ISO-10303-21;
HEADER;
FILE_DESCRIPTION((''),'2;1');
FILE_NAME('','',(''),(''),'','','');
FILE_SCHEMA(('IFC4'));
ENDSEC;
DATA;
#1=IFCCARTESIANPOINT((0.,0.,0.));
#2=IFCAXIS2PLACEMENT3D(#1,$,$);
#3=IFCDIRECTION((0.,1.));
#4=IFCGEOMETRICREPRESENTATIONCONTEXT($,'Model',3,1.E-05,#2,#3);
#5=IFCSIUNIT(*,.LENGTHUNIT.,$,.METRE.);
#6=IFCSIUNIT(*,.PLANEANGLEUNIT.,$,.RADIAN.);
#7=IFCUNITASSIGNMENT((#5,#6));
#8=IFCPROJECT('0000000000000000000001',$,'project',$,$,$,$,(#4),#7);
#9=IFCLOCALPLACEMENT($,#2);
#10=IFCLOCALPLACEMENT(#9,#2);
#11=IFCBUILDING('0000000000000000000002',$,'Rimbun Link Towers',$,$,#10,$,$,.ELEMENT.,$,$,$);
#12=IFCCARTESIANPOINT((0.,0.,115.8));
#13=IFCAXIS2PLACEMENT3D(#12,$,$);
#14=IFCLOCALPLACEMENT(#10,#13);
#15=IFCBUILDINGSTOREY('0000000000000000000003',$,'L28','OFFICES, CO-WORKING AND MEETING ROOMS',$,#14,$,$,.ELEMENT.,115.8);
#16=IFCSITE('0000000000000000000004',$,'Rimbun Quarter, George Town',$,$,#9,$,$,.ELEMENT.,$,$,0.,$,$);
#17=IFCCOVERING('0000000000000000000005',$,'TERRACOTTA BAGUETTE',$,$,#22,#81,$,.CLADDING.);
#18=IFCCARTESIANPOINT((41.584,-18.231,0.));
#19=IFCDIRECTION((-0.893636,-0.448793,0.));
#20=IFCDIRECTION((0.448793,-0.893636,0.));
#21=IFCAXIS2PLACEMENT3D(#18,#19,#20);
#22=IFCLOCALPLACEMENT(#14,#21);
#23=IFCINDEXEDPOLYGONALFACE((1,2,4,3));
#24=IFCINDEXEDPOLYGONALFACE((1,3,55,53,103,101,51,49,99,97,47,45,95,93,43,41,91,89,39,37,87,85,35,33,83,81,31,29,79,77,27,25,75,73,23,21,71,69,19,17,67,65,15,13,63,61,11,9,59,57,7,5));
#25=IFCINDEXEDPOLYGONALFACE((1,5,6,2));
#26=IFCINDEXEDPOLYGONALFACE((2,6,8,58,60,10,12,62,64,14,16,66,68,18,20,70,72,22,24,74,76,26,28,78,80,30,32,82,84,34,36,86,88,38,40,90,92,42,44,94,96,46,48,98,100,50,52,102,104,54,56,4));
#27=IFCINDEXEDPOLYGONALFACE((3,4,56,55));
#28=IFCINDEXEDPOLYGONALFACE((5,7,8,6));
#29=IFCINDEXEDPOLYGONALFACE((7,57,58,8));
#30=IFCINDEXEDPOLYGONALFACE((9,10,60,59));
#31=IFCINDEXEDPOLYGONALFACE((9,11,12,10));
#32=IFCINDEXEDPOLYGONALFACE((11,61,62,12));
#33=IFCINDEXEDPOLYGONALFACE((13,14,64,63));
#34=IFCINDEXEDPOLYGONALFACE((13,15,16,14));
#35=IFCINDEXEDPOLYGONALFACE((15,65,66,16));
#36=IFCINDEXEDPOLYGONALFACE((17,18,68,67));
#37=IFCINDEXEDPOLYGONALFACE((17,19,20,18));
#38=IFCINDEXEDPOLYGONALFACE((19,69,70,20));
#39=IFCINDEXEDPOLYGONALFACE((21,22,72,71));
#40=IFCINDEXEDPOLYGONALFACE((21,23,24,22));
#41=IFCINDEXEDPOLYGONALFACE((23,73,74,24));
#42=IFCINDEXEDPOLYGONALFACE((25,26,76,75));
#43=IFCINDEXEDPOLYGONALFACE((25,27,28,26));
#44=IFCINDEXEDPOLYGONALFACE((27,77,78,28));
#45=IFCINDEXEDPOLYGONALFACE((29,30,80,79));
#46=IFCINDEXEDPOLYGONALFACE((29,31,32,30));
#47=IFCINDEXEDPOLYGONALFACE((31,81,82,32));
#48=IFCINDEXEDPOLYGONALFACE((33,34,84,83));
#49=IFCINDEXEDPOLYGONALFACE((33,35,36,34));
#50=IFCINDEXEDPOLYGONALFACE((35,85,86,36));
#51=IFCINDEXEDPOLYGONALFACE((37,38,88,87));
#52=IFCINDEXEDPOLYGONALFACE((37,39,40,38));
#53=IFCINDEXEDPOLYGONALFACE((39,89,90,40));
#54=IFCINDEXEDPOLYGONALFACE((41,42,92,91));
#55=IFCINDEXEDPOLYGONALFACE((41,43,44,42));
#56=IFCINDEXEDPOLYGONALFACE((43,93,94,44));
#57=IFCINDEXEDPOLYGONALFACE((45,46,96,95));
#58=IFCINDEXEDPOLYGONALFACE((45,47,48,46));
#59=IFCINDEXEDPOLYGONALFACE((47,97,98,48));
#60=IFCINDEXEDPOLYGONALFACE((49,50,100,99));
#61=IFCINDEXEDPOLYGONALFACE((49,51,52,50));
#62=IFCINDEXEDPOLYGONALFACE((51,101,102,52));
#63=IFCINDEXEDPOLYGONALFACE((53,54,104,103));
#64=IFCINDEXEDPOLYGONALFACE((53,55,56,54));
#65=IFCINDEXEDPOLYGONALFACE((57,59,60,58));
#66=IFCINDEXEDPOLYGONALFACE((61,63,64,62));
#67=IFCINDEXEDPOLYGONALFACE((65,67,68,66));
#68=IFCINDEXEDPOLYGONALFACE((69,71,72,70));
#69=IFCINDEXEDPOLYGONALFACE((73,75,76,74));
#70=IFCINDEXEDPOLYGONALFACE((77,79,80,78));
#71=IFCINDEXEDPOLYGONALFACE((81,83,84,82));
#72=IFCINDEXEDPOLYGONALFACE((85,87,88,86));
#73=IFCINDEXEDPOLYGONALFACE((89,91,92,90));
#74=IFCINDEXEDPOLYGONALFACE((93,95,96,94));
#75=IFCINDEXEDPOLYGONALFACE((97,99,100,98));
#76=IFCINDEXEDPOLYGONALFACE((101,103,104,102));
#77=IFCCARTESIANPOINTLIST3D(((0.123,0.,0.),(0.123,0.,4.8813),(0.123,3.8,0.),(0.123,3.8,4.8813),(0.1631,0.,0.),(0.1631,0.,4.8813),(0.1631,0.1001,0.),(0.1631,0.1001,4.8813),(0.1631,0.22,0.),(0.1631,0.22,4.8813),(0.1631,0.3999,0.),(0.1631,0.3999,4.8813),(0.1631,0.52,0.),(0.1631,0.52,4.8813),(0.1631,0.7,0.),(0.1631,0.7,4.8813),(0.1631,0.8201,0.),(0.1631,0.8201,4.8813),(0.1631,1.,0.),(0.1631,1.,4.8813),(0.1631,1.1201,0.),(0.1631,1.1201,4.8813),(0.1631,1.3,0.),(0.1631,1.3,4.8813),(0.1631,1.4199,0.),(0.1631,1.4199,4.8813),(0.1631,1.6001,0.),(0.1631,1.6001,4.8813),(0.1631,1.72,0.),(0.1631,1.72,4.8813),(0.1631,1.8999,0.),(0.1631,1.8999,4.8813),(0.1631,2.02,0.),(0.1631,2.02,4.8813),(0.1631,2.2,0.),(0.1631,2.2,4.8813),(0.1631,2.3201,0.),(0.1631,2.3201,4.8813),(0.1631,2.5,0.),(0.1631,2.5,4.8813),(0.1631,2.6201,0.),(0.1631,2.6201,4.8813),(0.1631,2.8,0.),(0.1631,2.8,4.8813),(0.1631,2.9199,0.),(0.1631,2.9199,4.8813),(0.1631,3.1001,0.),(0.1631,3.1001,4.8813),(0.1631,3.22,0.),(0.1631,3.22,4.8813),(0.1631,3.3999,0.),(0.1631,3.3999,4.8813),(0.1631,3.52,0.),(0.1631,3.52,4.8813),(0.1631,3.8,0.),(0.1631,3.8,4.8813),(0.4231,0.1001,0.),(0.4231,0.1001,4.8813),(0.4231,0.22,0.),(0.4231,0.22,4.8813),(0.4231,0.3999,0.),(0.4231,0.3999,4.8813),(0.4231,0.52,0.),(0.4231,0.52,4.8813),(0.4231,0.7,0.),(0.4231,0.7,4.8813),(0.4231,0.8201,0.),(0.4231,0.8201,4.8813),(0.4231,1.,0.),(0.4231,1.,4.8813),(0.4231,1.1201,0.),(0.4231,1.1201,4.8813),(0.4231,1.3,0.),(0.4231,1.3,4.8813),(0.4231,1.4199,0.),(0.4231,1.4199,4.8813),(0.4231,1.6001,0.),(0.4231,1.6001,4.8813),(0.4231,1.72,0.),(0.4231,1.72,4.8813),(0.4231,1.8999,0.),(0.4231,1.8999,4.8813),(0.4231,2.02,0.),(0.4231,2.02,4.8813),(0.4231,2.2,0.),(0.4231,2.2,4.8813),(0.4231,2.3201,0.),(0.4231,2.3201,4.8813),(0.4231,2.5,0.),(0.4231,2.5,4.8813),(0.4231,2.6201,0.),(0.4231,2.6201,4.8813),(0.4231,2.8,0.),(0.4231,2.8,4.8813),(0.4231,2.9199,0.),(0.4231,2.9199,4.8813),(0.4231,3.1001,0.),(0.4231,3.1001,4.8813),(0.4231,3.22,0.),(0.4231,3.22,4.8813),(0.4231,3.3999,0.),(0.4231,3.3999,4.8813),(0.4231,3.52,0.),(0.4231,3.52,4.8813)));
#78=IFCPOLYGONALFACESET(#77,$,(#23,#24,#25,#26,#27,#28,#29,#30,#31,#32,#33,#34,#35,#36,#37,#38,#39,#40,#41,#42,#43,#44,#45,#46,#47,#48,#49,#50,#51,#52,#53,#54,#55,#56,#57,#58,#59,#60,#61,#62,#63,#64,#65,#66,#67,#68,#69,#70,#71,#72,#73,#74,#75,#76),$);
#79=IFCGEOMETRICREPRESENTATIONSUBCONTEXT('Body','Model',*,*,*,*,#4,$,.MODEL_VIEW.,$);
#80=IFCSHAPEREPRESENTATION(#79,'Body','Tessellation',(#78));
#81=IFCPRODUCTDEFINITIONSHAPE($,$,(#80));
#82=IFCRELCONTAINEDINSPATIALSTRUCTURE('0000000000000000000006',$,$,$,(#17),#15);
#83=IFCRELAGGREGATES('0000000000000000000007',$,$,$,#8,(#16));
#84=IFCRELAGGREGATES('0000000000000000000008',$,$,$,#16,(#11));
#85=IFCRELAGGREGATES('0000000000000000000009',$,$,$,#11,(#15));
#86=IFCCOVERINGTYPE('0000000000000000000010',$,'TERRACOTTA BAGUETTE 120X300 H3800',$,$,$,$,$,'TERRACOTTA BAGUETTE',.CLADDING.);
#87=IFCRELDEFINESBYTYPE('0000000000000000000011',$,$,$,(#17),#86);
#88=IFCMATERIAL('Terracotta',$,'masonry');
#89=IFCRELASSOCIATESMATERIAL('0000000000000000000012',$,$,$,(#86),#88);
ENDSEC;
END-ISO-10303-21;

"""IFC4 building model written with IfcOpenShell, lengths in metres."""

from ifc_helpers import new_model, si_unit, direction, frame, origin, place, context, subcontext, project, spatial, polyline, outline, extrude, material, material_profile, profile_set, type_object, element, save


model = new_model("IFC4")

# Units and contexts
model_context = context("Model", 3, precision=1e-05, world=origin(), true_north=direction((0.0, 1.0)))
body_context = subcontext(model_context, "Body", "Model", "MODEL_VIEW")
ifc_project = project(units=[si_unit("LENGTHUNIT", "METRE"), si_unit("PLANEANGLEUNIT", "RADIAN")], contexts=[model_context])

# Site, building, storey
site_placement = place(None, origin())
site = spatial("IfcSite", under=ifc_project, at=site_placement, Name="Rimbun Quarter, George Town", CompositionType="ELEMENT", RefElevation=0.0)
building_placement = place(site_placement, origin())
building = spatial("IfcBuilding", under=site, at=building_placement, Name="Rimbun Link Towers", CompositionType="ELEMENT")
storey_placement = place(building_placement, frame((0.0, 0.0, 115.8)))
storey = spatial("IfcBuildingStorey", under=building, at=storey_placement, Name="L28", Description="OFFICES, CO-WORKING AND MEETING ROOMS", CompositionType="ELEMENT", Elevation=115.8)

# Covering
ifc_material_1 = material(Name="Terracotta", Category="masonry")
ifc_material_profile_1 = material_profile(ifc_material_1, outline(polyline([(0.123, 0.0), (0.1631, 0.0), (0.1631, 0.1001), (0.4231, 0.1001), (0.4231, 0.22), (0.1631, 0.22), (0.1631, 0.3999), (0.4231, 0.3999), (0.4231, 0.52), (0.1631, 0.52), (0.1631, 0.7), (0.4231, 0.7), (0.4231, 0.8201), (0.1631, 0.8201), (0.1631, 1.0), (0.4231, 1.0), (0.4231, 1.1201), (0.1631, 1.1201), (0.1631, 1.3), (0.4231, 1.3), (0.4231, 1.4199), (0.1631, 1.4199), (0.1631, 1.6001), (0.4231, 1.6001), (0.4231, 1.72), (0.1631, 1.72), (0.1631, 1.8999), (0.4231, 1.8999), (0.4231, 2.02), (0.1631, 2.02), (0.1631, 2.2), (0.4231, 2.2), (0.4231, 2.3201), (0.1631, 2.3201), (0.1631, 2.5), (0.4231, 2.5), (0.4231, 2.6201), (0.1631, 2.6201), (0.1631, 2.8), (0.4231, 2.8), (0.4231, 2.9199), (0.1631, 2.9199), (0.1631, 3.1001), (0.4231, 3.1001), (0.4231, 3.22), (0.1631, 3.22), (0.1631, 3.3999), (0.4231, 3.3999), (0.4231, 3.52), (0.1631, 3.52), (0.1631, 3.8), (0.123, 3.8), (0.123, 0.0)])), Name="BAGUETTE 120X300")
ifc_profile_set_1 = profile_set([ifc_material_profile_1], Name="Terracotta")
covering_type = type_object("IfcCoveringType", Name="TERRACOTTA BAGUETTE 120X300 H3800", ElementType="TERRACOTTA BAGUETTE", PredefinedType="CLADDING", material=ifc_profile_set_1)
covering_placement = place(storey_placement, frame((41.584, -18.231, 0.0), z_axis=(-0.893636, -0.448793, 0.0), x_axis=(0.448793, -0.893636, 0.0)))
element("IfcCovering", 1, at=covering_placement, inside=storey, type_object=covering_type, Name="TERRACOTTA BAGUETTE", PredefinedType="CLADDING", context=body_context, shape_type="SweptSolid", body=[
    extrude(outline(polyline([(0.123, 0.0), (0.1631, 0.0), (0.1631, 0.1001), (0.4231, 0.1001), (0.4231, 0.22), (0.1631, 0.22), (0.1631, 0.3999), (0.4231, 0.3999), (0.4231, 0.52), (0.1631, 0.52), (0.1631, 0.7), (0.4231, 0.7), (0.4231, 0.8201), (0.1631, 0.8201), (0.1631, 1.0), (0.4231, 1.0), (0.4231, 1.1201), (0.1631, 1.1201), (0.1631, 1.3), (0.4231, 1.3), (0.4231, 1.4199), (0.1631, 1.4199), (0.1631, 1.6001), (0.4231, 1.6001), (0.4231, 1.72), (0.1631, 1.72), (0.1631, 1.8999), (0.4231, 1.8999), (0.4231, 2.02), (0.1631, 2.02), (0.1631, 2.2), (0.4231, 2.2), (0.4231, 2.3201), (0.1631, 2.3201), (0.1631, 2.5), (0.4231, 2.5), (0.4231, 2.6201), (0.1631, 2.6201), (0.1631, 2.8), (0.4231, 2.8), (0.4231, 2.9199), (0.1631, 2.9199), (0.1631, 3.1001), (0.4231, 3.1001), (0.4231, 3.22), (0.1631, 3.22), (0.1631, 3.3999), (0.4231, 3.3999), (0.4231, 3.52), (0.1631, 3.52), (0.1631, 3.8), (0.123, 3.8), (0.123, 0.0)])), origin(), (0.0, 0.0, 1.0), 4.8813),
])

save(model, "model.ifc")
